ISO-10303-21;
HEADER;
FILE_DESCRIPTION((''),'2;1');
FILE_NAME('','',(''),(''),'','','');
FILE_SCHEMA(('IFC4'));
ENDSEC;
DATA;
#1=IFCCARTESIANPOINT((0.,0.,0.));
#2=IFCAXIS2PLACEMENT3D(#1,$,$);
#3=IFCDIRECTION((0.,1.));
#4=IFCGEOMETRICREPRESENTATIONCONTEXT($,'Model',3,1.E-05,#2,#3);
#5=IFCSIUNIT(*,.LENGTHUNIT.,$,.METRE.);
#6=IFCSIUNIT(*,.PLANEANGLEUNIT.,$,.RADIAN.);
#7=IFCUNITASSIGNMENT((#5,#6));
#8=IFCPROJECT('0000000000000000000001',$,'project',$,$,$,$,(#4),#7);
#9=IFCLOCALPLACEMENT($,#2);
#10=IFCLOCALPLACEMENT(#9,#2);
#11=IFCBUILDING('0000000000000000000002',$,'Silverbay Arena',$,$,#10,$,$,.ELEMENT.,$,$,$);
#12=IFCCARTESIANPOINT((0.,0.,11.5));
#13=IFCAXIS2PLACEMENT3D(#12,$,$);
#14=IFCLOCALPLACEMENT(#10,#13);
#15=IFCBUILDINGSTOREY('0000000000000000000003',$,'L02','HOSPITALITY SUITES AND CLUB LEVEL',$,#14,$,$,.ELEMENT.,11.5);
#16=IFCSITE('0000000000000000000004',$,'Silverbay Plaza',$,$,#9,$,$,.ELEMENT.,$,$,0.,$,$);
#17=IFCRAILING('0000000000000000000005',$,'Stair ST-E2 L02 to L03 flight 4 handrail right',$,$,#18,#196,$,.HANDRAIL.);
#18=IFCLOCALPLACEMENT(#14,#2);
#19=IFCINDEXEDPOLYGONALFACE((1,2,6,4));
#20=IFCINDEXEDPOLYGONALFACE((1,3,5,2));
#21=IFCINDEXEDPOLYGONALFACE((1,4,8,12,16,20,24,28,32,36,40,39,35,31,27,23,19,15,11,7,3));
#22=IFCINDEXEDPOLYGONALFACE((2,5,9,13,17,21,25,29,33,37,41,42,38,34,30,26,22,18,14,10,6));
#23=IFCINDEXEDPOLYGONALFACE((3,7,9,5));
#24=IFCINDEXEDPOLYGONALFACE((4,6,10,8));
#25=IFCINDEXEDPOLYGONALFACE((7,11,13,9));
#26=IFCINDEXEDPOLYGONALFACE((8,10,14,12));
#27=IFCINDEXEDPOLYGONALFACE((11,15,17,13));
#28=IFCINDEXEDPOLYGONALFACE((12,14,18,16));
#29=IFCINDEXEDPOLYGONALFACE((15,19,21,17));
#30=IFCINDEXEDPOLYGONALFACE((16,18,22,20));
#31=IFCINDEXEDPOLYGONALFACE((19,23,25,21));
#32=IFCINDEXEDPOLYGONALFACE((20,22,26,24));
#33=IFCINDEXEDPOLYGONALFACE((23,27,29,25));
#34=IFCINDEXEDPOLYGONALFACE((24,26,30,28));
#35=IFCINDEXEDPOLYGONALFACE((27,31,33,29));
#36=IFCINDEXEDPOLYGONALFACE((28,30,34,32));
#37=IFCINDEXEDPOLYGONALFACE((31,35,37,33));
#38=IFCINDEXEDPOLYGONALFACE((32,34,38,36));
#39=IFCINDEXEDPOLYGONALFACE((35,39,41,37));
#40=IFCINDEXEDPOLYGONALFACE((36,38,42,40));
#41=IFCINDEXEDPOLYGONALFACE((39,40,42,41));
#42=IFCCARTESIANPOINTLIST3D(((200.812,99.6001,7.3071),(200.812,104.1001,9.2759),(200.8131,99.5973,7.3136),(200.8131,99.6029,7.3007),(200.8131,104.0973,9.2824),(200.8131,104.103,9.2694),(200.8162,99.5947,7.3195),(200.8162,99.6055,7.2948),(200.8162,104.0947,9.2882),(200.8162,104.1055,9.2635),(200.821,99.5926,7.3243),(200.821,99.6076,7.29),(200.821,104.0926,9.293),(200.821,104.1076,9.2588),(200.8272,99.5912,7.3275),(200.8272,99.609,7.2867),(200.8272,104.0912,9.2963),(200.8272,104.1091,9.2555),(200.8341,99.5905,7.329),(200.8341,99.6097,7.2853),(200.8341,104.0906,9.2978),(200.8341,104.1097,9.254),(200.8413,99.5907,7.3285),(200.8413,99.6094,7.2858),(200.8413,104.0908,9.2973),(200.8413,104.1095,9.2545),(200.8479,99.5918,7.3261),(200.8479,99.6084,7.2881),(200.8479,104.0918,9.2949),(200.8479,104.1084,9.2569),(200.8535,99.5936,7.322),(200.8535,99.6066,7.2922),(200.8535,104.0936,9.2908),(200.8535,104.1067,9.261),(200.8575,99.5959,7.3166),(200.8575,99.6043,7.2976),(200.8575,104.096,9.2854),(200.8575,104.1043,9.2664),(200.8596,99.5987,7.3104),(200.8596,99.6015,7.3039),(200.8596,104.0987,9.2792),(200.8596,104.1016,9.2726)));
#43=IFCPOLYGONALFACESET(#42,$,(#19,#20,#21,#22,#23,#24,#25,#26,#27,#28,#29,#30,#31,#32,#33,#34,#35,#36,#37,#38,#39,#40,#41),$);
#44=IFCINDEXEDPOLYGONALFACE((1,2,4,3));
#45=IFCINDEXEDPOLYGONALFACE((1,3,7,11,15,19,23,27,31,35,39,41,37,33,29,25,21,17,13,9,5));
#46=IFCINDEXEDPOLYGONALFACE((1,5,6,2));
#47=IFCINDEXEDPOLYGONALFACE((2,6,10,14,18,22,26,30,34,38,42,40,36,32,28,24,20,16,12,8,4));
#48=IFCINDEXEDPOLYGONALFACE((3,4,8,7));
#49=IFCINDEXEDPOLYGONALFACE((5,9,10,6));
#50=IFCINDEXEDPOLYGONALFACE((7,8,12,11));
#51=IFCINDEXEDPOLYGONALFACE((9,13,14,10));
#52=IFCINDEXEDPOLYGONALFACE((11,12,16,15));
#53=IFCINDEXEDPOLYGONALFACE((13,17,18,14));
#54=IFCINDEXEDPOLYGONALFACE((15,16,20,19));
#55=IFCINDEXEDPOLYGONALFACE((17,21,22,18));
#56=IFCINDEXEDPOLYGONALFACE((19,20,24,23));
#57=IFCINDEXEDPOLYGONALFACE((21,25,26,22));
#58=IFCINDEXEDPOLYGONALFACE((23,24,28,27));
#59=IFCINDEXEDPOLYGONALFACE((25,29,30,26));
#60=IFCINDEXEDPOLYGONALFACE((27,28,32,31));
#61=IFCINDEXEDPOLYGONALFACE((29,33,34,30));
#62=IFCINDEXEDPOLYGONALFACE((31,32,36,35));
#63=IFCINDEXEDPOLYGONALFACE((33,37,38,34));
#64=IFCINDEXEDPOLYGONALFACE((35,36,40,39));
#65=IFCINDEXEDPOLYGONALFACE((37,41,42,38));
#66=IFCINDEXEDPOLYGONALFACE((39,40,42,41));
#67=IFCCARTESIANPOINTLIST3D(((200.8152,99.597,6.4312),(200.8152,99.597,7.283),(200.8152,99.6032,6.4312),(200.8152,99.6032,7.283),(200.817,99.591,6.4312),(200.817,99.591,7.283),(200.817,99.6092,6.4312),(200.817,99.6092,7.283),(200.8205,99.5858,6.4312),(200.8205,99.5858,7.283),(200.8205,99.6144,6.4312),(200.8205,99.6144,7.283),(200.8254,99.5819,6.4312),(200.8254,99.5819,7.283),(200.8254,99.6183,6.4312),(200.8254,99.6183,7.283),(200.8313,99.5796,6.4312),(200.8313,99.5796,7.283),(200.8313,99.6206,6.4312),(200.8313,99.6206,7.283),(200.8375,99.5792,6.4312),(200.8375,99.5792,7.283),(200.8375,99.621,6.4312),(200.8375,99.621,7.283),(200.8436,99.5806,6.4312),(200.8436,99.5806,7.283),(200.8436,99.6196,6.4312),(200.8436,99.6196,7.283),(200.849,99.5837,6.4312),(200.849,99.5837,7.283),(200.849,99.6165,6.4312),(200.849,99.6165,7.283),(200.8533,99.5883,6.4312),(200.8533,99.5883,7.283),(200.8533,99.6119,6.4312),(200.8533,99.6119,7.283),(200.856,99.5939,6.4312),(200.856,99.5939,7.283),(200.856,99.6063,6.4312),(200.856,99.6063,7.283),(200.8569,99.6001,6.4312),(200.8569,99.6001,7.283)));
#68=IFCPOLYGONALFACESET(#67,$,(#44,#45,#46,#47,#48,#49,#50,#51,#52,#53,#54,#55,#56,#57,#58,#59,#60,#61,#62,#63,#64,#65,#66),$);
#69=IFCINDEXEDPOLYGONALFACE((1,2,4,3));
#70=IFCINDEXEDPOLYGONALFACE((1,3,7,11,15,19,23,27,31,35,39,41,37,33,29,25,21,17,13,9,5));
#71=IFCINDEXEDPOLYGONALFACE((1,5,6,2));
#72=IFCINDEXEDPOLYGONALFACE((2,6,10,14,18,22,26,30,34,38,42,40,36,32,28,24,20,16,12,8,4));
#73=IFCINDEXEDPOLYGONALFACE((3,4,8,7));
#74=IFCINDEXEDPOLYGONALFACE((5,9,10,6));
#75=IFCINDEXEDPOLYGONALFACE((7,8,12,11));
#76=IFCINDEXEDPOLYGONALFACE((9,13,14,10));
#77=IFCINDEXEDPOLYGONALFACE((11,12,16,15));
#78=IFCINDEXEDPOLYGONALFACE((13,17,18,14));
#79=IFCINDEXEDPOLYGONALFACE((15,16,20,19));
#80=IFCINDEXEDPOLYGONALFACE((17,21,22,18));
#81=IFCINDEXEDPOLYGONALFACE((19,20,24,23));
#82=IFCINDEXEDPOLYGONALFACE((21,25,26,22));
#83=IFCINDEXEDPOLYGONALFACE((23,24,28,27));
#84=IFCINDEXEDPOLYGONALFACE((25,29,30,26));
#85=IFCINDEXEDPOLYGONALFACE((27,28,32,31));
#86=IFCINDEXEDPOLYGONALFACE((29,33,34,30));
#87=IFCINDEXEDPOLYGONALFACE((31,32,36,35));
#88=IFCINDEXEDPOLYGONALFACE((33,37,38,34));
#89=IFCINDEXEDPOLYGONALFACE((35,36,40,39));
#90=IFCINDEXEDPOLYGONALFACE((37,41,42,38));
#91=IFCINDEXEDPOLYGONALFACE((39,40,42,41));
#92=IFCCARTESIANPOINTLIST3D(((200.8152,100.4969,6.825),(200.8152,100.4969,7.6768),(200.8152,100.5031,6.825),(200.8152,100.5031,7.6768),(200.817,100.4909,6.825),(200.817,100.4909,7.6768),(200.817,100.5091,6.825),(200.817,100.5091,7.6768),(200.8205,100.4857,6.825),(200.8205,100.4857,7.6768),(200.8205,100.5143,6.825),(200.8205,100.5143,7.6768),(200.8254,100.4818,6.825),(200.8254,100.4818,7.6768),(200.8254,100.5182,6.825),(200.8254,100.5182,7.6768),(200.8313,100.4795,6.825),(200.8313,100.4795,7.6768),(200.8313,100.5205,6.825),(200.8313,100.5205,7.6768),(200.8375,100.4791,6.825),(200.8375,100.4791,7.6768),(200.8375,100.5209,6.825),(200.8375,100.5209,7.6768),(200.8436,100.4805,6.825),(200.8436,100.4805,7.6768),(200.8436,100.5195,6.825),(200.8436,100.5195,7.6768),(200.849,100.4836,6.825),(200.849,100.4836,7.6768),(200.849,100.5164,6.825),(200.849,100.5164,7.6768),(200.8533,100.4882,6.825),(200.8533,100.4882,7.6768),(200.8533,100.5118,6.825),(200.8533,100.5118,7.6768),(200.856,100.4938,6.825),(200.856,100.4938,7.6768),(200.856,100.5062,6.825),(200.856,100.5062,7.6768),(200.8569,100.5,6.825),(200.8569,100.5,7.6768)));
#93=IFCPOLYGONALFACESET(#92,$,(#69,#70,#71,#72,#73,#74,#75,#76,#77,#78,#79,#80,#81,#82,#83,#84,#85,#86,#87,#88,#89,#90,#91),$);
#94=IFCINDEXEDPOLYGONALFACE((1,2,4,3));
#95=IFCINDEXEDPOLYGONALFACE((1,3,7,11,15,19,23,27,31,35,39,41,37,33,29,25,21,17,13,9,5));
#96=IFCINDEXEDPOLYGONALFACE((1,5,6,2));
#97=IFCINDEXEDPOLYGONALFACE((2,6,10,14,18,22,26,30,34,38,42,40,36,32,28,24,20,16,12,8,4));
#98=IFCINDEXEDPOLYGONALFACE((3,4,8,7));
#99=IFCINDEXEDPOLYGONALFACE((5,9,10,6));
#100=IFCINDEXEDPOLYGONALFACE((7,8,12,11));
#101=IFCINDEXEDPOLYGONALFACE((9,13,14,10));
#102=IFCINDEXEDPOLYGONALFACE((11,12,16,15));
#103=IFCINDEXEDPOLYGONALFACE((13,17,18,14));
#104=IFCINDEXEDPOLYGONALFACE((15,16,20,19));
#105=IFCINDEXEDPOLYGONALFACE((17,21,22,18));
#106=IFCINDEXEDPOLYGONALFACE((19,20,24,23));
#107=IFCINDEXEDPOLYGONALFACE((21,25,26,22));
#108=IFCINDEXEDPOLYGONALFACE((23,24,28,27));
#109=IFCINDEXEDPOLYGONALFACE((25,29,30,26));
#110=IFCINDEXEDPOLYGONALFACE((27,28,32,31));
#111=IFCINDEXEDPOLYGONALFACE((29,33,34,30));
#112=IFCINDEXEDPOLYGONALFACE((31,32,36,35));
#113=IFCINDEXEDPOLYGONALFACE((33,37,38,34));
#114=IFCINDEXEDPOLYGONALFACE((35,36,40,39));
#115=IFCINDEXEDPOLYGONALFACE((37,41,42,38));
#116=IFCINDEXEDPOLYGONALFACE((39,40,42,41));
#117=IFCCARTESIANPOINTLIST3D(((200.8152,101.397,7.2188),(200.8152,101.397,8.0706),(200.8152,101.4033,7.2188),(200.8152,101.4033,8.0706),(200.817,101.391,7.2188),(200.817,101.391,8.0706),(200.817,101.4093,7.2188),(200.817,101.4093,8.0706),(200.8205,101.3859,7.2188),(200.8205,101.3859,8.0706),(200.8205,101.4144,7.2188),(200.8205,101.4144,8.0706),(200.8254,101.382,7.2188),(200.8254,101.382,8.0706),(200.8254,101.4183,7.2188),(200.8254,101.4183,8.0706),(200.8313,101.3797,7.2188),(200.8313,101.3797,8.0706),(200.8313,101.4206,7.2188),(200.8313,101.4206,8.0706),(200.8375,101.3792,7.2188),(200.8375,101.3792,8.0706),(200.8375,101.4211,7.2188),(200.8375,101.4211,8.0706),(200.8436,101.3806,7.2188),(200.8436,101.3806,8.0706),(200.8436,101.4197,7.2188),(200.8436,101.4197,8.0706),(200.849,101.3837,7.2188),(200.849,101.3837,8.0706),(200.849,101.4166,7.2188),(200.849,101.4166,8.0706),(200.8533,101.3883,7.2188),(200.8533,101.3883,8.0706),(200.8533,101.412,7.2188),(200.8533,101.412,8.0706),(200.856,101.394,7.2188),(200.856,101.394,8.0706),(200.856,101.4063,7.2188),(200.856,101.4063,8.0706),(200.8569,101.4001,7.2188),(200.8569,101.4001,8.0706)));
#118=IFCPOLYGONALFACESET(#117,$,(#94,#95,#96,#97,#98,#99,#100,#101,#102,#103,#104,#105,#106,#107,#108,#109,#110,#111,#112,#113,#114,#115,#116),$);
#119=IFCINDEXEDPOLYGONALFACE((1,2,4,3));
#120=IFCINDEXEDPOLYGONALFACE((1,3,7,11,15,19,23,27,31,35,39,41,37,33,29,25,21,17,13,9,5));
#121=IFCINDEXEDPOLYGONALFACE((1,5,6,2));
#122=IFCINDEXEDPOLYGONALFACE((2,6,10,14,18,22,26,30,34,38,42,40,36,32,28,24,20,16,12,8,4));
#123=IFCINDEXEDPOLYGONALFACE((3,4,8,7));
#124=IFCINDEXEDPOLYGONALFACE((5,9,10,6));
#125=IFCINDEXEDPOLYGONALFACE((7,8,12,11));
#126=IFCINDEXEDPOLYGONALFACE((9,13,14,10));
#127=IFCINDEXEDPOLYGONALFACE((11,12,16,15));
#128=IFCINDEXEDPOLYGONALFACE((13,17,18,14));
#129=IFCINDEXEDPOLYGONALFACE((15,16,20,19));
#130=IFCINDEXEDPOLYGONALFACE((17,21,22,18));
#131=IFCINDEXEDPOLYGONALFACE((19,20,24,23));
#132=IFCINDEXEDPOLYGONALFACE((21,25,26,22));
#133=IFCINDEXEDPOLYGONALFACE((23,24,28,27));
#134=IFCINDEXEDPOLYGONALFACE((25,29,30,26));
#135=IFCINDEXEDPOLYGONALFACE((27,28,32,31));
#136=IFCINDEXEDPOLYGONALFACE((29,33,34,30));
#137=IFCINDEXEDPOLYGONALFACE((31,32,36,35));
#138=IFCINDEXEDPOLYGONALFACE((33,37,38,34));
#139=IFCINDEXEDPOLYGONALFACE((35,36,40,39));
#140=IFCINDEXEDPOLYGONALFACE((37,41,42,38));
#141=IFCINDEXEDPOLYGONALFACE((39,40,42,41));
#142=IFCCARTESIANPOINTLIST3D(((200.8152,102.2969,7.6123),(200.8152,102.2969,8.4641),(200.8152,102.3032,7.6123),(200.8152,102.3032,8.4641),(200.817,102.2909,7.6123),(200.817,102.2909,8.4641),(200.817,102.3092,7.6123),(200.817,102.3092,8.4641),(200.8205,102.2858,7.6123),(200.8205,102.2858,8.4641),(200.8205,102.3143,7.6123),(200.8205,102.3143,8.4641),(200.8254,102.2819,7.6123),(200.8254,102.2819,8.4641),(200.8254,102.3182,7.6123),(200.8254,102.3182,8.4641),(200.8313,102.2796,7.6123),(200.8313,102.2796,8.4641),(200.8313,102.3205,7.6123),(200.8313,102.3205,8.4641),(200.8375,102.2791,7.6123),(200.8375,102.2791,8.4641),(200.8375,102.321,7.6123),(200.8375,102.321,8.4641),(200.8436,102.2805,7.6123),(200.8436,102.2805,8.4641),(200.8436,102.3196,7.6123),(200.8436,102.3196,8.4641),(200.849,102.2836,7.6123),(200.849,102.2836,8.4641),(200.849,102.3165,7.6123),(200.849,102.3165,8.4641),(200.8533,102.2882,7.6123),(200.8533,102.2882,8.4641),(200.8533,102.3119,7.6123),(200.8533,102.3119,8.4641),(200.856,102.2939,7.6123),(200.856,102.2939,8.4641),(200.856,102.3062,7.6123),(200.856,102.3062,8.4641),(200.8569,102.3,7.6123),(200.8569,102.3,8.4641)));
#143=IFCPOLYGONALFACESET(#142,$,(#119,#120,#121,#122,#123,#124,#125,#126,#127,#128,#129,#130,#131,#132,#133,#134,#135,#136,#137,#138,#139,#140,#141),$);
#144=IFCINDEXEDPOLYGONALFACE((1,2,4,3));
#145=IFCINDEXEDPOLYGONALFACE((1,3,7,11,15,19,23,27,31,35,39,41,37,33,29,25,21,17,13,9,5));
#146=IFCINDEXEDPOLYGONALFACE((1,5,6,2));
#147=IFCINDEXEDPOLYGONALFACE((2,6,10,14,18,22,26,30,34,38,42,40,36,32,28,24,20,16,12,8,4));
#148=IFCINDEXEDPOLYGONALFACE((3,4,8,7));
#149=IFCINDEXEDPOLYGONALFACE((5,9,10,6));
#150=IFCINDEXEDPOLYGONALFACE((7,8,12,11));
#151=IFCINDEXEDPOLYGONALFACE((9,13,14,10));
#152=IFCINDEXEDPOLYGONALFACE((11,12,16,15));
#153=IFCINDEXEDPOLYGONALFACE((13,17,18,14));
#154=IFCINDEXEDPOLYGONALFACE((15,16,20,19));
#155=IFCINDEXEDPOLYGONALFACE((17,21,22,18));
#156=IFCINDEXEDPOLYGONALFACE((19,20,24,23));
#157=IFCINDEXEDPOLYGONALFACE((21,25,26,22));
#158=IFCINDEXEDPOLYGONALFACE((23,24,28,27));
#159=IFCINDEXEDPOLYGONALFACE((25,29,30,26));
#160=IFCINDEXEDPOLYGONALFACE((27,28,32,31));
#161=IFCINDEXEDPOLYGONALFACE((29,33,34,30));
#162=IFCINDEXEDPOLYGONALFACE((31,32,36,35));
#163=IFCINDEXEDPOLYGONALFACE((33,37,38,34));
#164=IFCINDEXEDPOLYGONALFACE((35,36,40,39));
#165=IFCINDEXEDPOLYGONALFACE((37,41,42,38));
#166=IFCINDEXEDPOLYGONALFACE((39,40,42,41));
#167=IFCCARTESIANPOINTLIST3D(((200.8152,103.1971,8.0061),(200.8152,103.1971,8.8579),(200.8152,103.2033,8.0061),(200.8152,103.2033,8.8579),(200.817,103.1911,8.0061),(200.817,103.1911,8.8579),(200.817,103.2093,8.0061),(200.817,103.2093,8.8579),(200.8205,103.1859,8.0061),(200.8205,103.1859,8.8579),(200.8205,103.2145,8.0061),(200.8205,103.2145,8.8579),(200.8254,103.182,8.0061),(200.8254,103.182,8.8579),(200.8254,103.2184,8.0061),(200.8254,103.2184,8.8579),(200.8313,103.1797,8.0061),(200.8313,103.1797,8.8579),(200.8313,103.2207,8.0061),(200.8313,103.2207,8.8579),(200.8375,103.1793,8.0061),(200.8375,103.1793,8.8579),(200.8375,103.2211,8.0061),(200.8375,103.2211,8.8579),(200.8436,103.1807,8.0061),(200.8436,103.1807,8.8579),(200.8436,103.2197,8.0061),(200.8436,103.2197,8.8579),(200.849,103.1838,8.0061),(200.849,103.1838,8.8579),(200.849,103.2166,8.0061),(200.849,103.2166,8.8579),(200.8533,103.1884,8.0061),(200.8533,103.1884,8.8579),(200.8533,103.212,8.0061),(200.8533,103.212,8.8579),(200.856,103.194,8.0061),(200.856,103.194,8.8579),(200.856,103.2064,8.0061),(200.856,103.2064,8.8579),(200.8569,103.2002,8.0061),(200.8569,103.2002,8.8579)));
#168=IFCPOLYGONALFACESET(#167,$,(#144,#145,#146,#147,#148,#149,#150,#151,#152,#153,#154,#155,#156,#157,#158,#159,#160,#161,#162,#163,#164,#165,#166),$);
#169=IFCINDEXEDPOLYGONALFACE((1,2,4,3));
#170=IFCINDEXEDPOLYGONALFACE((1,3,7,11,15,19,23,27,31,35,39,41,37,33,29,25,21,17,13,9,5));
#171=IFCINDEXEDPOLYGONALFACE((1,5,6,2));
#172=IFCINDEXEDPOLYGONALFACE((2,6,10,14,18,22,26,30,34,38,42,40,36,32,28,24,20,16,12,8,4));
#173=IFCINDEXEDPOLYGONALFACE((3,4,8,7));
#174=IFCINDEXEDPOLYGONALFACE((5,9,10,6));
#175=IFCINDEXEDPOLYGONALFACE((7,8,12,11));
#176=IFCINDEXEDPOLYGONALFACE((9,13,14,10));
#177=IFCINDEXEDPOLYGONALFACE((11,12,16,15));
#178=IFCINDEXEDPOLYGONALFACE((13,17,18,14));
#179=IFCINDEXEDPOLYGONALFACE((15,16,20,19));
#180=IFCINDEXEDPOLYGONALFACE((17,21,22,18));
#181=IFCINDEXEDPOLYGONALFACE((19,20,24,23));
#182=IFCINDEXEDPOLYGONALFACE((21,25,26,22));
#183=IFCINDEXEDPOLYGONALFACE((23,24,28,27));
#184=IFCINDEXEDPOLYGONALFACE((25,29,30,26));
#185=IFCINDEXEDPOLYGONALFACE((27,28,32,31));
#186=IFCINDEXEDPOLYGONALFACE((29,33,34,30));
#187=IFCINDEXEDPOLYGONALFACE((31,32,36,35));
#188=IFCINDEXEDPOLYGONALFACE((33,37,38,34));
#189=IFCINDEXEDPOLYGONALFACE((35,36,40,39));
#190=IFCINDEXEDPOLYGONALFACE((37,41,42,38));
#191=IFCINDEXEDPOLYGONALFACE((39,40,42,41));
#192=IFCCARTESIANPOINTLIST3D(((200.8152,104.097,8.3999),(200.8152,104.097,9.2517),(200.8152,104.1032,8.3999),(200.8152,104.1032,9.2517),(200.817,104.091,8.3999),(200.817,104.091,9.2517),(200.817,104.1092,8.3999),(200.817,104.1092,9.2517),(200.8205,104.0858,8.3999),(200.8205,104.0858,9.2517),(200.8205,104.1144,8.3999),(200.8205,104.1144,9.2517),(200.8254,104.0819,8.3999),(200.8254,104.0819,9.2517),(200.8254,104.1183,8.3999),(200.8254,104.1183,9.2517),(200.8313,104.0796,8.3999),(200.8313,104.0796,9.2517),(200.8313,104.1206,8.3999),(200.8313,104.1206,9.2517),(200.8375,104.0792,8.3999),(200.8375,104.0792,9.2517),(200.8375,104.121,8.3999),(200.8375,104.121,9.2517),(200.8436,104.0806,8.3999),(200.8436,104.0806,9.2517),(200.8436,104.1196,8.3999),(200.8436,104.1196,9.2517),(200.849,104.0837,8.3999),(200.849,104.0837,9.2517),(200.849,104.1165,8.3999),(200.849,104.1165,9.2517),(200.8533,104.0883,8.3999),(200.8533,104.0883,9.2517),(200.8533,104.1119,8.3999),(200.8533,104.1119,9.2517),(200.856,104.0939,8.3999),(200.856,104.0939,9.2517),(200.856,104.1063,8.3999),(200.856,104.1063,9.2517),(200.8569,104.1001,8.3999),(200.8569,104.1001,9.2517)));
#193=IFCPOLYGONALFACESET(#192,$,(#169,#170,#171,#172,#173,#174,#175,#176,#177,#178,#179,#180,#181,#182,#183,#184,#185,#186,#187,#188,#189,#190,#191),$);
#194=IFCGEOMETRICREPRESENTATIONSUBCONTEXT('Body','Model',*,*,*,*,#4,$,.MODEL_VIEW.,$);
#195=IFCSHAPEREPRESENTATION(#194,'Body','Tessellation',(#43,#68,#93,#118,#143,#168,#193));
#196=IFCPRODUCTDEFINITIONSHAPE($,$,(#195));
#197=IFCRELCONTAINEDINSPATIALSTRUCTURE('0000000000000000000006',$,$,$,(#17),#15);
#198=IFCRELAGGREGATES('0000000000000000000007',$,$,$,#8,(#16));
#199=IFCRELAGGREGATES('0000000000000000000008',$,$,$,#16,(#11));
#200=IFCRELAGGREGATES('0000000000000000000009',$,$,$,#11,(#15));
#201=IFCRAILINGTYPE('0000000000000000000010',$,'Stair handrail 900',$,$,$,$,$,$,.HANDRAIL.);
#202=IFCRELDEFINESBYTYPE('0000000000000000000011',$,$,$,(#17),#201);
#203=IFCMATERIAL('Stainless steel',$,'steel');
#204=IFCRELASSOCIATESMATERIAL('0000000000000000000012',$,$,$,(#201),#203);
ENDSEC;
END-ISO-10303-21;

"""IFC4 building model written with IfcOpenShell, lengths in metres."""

from ifc_helpers import new_model, si_unit, direction, frame, origin, origin_2d, place, context, subcontext, project, spatial, circle, extrude, material, type_object, element, save


model = new_model("IFC4")

# Units and contexts
model_context = context("Model", 3, precision=1e-05, world=origin(), true_north=direction((0.0, 1.0)))
body_context = subcontext(model_context, "Body", "Model", "MODEL_VIEW")
ifc_project = project(units=[si_unit("LENGTHUNIT", "METRE"), si_unit("PLANEANGLEUNIT", "RADIAN")], contexts=[model_context])

# Site, building, storey
site_placement = place(None, origin())
site = spatial("IfcSite", under=ifc_project, at=site_placement, Name="Silverbay Plaza", CompositionType="ELEMENT", RefElevation=0.0)
building_placement = place(site_placement, origin())
building = spatial("IfcBuilding", under=site, at=building_placement, Name="Silverbay Arena", CompositionType="ELEMENT")
storey_placement = place(building_placement, frame((0.0, 0.0, 11.5)))
storey = spatial("IfcBuildingStorey", under=building, at=storey_placement, Name="L02", Description="HOSPITALITY SUITES AND CLUB LEVEL", CompositionType="ELEMENT", Elevation=11.5)

# Railing
ifc_material_1 = material(Name="Stainless steel", Category="steel")
railing_type_1 = type_object("IfcRailingType", Name="Stair handrail 900", PredefinedType="HANDRAIL", material=ifc_material_1)
for number, where, name in (
    (1, (200.8359, 99.6001, 6.4312), "Stair ST-E2 L02 to L03 flight 4 handrail right"),
):
    element("IfcRailing", number, at=place(storey_placement, frame(where)), inside=storey, type_object=railing_type_1, Name=name, PredefinedType="HANDRAIL", context=body_context, shape_type="SweptSolid", body=[
        extrude(circle(Radius=0.0239, at=origin_2d()), frame((0.0, 0.0, 0.876), z_axis=(0.0, 0.916157, 0.400819), x_axis=(-1.0, 0.0, 0.0)), (0.0, 0.0, 1.0), 4.9119),
        extrude(circle(Radius=0.021, at=origin_2d()), origin(), (0.0, 0.0, 1.0), 0.8518),
        extrude(circle(Radius=0.021, at=origin_2d()), frame((0.0, 0.8999, 0.3938)), (0.0, 0.0, 1.0), 0.8518),
        extrude(circle(Radius=0.021, at=origin_2d()), frame((0.0, 1.8, 0.7876)), (0.0, 0.0, 1.0), 0.8518),
        extrude(circle(Radius=0.021, at=origin_2d()), frame((0.0, 2.7, 1.1812)), (0.0, 0.0, 1.0), 0.8518),
        extrude(circle(Radius=0.021, at=origin_2d()), frame((0.0, 3.6001, 1.575)), (0.0, 0.0, 1.0), 0.8518),
        extrude(circle(Radius=0.021, at=origin_2d()), frame((0.0, 4.5, 1.9688)), (0.0, 0.0, 1.0), 0.8518),
    ])

save(model, "model.ifc")
